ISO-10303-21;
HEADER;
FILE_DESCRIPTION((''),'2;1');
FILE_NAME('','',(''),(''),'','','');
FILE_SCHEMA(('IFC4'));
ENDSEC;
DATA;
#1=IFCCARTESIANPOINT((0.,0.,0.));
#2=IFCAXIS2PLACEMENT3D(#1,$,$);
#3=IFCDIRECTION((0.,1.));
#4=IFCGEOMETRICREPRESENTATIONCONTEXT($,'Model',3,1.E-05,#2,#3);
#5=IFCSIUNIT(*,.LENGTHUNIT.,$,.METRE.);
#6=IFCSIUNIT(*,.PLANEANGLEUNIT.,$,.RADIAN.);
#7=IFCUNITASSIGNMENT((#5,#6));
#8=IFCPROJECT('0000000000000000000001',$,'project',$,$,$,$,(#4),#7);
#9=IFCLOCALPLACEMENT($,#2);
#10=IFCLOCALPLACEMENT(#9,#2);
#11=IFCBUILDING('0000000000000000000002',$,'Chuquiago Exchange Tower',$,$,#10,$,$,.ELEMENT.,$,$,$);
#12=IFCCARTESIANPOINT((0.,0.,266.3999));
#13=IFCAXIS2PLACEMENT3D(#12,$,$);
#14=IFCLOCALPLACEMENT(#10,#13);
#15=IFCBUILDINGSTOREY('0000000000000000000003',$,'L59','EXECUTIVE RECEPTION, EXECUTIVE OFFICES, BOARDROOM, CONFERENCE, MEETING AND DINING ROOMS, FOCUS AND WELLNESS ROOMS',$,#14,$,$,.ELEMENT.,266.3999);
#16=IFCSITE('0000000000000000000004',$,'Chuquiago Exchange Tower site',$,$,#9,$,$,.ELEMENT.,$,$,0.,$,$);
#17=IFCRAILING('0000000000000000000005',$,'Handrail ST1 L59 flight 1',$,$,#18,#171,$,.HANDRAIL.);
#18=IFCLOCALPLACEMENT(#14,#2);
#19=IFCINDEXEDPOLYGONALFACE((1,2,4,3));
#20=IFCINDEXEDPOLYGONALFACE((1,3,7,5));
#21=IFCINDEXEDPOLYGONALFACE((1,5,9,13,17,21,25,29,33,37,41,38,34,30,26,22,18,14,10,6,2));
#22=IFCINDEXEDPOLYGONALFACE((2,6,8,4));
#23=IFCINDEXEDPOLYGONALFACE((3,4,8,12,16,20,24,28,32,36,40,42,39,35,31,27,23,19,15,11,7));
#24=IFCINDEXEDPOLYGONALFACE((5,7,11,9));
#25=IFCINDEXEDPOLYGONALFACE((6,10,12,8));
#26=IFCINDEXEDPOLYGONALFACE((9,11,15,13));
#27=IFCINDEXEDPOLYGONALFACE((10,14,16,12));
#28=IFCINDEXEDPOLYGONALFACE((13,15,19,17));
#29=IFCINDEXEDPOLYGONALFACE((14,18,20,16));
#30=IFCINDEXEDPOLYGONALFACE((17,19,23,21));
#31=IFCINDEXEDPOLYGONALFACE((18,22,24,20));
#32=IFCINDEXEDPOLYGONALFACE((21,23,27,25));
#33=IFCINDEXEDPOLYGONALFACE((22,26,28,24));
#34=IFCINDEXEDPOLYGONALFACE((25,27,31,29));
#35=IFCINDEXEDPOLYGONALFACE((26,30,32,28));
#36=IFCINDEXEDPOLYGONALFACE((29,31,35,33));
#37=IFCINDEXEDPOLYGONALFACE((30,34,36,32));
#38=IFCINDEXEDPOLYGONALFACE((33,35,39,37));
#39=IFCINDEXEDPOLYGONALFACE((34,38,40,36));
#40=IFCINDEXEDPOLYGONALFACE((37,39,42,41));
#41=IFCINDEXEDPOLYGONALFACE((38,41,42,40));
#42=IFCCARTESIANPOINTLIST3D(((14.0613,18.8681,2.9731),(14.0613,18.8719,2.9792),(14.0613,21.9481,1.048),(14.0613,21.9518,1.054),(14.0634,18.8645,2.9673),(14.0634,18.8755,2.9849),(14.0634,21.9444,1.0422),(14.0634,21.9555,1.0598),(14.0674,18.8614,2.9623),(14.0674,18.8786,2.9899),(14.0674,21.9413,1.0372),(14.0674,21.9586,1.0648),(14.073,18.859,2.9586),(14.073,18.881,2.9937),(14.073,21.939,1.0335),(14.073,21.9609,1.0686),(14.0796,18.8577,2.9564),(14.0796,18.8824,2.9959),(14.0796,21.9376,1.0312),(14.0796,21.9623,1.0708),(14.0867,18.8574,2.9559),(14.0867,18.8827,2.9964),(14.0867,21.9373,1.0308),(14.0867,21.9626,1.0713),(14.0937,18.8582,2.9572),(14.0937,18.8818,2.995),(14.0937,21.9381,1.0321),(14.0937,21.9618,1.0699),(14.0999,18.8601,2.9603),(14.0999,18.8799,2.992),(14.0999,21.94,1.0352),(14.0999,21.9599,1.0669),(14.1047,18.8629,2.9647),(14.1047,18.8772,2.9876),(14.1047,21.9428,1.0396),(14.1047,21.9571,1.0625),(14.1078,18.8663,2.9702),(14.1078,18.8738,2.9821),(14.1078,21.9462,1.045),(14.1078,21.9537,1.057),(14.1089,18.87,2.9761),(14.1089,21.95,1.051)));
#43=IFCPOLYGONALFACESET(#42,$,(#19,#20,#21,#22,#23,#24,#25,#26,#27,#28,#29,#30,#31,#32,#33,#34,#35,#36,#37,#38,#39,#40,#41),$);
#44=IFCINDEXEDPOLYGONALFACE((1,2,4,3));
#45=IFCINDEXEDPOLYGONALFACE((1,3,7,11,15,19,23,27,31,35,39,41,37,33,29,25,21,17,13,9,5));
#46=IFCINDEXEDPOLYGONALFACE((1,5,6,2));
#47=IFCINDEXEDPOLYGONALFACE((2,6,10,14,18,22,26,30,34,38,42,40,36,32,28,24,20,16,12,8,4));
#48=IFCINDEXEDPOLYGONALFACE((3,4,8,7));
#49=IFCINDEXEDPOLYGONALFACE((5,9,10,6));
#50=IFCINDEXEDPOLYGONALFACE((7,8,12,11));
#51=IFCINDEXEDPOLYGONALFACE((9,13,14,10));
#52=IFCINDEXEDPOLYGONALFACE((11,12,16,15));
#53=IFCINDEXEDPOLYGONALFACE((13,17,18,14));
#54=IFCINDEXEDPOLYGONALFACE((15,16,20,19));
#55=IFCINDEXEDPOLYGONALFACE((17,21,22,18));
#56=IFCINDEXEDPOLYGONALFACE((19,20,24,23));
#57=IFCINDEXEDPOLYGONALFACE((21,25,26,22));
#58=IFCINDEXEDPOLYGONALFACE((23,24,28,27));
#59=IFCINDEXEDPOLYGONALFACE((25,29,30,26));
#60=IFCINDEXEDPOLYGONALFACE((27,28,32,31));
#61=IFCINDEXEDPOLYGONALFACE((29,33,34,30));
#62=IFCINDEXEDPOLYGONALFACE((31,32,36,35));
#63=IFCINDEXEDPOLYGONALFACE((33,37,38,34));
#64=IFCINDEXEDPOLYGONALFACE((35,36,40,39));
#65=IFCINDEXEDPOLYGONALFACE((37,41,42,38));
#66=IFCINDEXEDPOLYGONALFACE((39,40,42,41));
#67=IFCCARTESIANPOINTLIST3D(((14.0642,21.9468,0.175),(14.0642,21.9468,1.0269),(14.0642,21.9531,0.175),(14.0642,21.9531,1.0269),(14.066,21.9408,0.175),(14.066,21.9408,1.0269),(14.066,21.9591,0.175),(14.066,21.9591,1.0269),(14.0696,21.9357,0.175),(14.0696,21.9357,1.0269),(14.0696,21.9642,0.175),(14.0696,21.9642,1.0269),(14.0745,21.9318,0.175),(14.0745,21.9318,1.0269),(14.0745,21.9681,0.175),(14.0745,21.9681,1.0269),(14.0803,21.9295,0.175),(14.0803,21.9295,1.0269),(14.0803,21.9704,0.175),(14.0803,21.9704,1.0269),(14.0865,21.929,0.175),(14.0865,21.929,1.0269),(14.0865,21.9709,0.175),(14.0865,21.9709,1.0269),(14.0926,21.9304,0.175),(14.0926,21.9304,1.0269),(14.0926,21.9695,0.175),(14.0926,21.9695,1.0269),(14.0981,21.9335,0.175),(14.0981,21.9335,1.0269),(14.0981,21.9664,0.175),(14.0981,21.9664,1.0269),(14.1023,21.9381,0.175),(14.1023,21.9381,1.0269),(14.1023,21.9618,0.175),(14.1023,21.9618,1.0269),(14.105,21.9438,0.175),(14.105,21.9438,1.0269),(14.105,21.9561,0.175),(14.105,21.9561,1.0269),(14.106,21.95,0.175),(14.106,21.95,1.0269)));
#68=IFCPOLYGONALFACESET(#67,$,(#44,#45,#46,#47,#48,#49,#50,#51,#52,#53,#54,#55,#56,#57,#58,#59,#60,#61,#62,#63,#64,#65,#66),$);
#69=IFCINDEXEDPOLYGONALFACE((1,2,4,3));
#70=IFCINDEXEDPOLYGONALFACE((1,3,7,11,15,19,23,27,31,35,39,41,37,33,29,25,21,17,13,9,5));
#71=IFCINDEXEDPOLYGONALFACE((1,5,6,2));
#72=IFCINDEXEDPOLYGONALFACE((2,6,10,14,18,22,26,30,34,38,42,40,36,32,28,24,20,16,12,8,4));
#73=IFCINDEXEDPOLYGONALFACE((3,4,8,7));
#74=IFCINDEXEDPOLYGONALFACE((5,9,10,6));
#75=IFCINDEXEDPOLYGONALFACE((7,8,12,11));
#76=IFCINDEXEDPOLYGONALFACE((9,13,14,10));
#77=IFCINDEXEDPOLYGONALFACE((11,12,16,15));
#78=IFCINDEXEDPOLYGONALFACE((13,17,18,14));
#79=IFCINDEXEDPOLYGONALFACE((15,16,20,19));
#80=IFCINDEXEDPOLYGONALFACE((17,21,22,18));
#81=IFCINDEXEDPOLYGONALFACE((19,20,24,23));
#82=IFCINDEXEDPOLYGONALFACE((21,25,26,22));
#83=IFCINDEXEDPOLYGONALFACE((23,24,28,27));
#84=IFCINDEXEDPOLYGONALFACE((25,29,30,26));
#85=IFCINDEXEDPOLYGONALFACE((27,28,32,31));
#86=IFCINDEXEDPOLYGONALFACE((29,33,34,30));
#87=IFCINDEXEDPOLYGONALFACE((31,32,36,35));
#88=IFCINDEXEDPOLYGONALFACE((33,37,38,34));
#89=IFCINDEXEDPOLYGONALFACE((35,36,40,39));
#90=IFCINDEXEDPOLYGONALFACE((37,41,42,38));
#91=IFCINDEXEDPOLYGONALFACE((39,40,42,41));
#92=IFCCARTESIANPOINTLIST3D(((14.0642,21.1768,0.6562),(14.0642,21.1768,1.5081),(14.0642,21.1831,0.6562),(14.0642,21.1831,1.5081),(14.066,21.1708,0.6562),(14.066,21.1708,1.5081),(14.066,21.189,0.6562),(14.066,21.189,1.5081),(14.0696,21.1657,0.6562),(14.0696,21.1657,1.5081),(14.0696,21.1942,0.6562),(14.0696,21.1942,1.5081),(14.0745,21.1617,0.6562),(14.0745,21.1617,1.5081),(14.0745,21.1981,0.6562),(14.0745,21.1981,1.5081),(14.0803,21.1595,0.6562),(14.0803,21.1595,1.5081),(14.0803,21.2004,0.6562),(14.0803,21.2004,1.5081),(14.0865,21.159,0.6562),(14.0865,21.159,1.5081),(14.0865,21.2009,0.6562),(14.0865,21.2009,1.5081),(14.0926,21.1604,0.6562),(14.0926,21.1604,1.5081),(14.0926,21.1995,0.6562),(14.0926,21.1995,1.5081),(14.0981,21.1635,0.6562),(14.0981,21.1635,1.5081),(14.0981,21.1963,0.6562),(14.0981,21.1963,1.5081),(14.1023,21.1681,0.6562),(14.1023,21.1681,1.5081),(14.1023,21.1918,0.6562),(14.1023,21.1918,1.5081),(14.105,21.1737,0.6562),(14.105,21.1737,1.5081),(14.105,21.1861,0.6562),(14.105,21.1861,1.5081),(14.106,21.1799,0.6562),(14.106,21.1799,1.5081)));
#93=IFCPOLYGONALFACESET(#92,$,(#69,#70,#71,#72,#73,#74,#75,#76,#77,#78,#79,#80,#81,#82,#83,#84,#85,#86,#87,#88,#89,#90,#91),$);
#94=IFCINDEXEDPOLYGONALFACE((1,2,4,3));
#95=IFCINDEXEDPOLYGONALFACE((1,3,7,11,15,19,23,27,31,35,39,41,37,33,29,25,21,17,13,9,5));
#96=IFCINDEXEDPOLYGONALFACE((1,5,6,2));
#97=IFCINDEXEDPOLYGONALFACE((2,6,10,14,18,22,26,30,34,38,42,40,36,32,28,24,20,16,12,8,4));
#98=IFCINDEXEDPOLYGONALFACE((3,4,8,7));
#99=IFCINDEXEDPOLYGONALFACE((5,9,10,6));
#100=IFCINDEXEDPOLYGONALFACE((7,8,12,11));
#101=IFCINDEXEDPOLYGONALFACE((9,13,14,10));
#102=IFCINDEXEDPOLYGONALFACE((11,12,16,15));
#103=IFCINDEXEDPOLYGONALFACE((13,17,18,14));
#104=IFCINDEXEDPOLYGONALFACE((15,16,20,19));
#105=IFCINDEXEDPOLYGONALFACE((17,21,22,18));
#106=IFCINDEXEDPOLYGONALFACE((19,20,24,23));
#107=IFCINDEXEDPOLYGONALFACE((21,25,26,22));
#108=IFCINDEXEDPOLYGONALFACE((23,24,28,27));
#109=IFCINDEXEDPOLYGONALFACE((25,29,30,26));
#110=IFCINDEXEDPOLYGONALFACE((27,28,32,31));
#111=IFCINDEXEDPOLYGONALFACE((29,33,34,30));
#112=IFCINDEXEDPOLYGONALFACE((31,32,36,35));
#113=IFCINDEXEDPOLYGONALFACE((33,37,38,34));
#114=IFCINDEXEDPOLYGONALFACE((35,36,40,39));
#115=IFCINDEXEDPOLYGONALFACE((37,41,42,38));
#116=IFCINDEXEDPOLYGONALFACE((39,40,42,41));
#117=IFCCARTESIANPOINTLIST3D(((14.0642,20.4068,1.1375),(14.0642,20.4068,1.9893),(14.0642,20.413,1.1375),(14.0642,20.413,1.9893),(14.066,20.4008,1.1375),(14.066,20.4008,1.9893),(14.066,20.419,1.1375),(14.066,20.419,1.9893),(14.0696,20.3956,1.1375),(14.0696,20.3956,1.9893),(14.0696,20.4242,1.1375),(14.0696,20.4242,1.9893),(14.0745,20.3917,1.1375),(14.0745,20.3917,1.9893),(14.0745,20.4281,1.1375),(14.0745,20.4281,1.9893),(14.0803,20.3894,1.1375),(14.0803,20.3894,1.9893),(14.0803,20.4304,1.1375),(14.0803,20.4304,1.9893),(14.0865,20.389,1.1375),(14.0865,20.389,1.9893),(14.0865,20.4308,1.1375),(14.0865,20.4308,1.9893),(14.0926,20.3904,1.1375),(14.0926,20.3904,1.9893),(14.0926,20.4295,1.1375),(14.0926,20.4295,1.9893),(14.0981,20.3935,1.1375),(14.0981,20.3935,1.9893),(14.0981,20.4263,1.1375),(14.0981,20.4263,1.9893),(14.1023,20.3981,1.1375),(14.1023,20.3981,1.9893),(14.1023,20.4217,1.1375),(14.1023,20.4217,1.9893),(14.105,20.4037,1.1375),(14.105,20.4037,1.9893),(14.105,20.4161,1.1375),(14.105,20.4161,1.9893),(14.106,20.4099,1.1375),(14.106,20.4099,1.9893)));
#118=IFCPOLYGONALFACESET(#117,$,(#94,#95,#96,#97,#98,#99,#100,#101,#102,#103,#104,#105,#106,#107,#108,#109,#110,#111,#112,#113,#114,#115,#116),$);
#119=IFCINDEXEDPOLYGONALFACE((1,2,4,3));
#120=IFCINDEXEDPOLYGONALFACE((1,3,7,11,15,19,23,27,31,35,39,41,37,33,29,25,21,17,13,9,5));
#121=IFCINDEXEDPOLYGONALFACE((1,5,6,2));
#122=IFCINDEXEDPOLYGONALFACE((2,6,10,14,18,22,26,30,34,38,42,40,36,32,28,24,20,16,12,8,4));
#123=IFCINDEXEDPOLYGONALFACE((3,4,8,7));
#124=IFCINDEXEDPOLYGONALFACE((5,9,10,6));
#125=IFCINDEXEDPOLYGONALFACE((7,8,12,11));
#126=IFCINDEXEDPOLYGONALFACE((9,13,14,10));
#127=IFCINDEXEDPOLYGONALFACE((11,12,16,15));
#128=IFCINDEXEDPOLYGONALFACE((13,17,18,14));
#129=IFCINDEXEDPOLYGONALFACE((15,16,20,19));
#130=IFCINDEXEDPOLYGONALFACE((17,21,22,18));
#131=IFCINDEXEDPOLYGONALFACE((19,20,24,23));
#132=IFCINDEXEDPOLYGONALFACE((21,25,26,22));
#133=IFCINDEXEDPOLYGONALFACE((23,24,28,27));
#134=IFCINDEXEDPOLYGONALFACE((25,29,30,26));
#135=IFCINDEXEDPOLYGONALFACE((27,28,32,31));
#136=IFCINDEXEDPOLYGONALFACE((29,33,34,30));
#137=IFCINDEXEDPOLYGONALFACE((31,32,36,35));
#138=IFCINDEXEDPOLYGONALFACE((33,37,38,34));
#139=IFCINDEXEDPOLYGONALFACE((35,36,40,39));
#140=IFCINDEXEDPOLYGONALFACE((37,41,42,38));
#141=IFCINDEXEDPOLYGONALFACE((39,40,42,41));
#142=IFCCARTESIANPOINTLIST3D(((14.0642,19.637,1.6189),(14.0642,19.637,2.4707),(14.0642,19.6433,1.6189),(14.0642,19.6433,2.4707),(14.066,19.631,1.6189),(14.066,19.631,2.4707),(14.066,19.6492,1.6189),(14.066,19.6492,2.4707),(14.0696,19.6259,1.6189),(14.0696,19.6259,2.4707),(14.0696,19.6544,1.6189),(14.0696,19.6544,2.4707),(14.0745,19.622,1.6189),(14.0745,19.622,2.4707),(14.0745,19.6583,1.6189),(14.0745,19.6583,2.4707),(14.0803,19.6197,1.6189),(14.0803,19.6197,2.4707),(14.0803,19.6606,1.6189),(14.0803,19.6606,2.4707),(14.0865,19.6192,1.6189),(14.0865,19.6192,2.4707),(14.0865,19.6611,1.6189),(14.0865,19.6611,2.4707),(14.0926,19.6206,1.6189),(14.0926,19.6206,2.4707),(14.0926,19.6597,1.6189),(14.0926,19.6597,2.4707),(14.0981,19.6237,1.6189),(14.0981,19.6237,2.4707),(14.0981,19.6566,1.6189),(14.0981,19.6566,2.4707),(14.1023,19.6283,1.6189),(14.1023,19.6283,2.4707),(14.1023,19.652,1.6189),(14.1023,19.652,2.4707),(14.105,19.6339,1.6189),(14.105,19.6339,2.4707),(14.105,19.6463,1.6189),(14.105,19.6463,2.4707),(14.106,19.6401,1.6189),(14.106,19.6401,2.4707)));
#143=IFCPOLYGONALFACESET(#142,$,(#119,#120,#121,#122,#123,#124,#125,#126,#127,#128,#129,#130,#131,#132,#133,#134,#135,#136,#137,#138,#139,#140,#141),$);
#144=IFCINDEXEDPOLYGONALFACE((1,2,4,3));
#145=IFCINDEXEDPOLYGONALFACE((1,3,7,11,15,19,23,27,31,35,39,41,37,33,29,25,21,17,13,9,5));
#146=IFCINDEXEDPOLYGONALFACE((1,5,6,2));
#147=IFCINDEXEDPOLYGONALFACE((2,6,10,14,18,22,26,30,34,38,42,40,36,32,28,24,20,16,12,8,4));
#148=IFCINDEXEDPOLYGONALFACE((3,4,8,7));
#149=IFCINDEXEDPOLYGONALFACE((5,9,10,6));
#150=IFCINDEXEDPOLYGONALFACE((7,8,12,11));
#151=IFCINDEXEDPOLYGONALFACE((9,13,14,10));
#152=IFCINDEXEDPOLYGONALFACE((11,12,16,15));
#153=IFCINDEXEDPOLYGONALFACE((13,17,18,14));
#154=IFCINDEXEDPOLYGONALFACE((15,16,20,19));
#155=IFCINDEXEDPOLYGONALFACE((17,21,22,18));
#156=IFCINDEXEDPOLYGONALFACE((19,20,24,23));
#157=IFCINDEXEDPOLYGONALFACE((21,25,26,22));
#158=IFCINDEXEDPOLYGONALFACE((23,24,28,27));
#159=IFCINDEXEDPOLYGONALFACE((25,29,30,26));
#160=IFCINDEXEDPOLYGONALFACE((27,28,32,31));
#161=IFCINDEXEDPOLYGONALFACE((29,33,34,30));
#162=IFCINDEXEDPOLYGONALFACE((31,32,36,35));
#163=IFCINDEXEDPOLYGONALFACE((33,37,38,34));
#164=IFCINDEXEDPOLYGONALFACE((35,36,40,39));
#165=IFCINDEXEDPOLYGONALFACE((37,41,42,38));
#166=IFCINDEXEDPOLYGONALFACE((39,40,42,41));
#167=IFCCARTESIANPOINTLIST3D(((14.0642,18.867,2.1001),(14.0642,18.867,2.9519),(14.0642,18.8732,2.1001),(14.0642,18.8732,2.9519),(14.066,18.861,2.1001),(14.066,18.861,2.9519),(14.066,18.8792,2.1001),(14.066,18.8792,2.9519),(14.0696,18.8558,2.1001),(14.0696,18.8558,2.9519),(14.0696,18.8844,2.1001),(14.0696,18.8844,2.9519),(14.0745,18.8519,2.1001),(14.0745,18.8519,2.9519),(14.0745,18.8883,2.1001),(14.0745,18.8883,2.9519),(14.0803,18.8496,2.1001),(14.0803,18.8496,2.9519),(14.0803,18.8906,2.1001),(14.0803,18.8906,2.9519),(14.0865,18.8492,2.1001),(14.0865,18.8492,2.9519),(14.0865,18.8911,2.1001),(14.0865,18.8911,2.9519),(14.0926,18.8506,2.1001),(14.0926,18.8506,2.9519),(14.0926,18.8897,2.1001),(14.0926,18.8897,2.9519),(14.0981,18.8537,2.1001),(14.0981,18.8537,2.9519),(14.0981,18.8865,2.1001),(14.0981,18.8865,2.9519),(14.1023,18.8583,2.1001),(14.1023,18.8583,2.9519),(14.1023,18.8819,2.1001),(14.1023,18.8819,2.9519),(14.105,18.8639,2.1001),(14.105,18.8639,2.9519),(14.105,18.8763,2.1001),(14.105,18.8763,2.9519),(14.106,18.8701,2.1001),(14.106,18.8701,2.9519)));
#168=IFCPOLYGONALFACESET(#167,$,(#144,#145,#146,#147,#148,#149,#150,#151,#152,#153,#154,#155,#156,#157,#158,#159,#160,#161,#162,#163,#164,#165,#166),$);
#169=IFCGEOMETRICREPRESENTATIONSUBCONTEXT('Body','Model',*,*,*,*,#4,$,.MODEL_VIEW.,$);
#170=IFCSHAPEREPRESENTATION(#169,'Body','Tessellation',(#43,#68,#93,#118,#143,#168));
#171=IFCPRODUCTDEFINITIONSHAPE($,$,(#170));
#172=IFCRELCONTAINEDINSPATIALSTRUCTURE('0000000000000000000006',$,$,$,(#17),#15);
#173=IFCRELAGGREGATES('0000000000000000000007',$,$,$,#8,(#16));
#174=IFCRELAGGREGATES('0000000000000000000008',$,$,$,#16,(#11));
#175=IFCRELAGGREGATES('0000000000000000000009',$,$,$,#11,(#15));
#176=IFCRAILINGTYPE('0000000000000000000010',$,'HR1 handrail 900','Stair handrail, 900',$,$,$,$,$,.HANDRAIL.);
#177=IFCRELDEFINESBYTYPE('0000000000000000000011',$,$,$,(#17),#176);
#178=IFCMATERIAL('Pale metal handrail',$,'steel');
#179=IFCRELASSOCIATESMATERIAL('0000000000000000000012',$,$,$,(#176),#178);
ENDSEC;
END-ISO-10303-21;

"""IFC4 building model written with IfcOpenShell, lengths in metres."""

from ifc_helpers import new_model, si_unit, direction, frame, origin, origin_2d, place, context, subcontext, project, spatial, circle, extrude, material, type_object, element, save


model = new_model("IFC4")

# Units and contexts
model_context = context("Model", 3, precision=1e-05, world=origin(), true_north=direction((0.0, 1.0)))
body_context = subcontext(model_context, "Body", "Model", "MODEL_VIEW")
ifc_project = project(units=[si_unit("LENGTHUNIT", "METRE"), si_unit("PLANEANGLEUNIT", "RADIAN")], contexts=[model_context])

# Site, building, storey
site_placement = place(None, origin())
site = spatial("IfcSite", under=ifc_project, at=site_placement, Name="Chuquiago Exchange Tower site", CompositionType="ELEMENT", RefElevation=0.0)
building_placement = place(site_placement, origin())
building = spatial("IfcBuilding", under=site, at=building_placement, Name="Chuquiago Exchange Tower", CompositionType="ELEMENT")
storey_placement = place(building_placement, frame((0.0, 0.0, 266.3999)))
storey = spatial("IfcBuildingStorey", under=building, at=storey_placement, Name="L59", Description="EXECUTIVE RECEPTION, EXECUTIVE OFFICES, BOARDROOM, CONFERENCE, MEETING AND DINING ROOMS, FOCUS AND WELLNESS ROOMS", CompositionType="ELEMENT", Elevation=266.3999)

# Railing
ifc_material_1 = material(Name="Pale metal handrail", Category="steel")
railing_type_1 = type_object("IfcRailingType", Name="HR1 handrail 900", Description="Stair handrail, 900", PredefinedType="HANDRAIL", material=ifc_material_1)
for number, where, name in (
    (1, (14.085, 21.95, 0.175), "Handrail ST1 L59 flight 1"),
):
    element("IfcRailing", number, at=place(storey_placement, frame(where)), inside=storey, type_object=railing_type_1, Name=name, PredefinedType="HANDRAIL", context=body_context, shape_type="SweptSolid", body=[
        extrude(circle(Radius=0.0239, at=origin_2d()), frame((0.0, 0.0, 0.876), z_axis=(0.0, -0.847979, 0.530029), x_axis=(1.0, 0.0, 0.0)), (0.0, 0.0, 1.0), 3.6321),
        extrude(circle(Radius=0.021, at=origin_2d()), origin(), (0.0, 0.0, 1.0), 0.8518),
        extrude(circle(Radius=0.021, at=origin_2d()), frame((0.0, -0.77, 0.4812)), (0.0, 0.0, 1.0), 0.8518),
        extrude(circle(Radius=0.021, at=origin_2d()), frame((0.0, -1.54, 0.9624)), (0.0, 0.0, 1.0), 0.8518),
        extrude(circle(Radius=0.021, at=origin_2d()), frame((0.0, -2.3098, 1.4438)), (0.0, 0.0, 1.0), 0.8518),
        extrude(circle(Radius=0.021, at=origin_2d()), frame((0.0, -3.0798, 1.925)), (0.0, 0.0, 1.0), 0.8518),
    ])

save(model, "model.ifc")
